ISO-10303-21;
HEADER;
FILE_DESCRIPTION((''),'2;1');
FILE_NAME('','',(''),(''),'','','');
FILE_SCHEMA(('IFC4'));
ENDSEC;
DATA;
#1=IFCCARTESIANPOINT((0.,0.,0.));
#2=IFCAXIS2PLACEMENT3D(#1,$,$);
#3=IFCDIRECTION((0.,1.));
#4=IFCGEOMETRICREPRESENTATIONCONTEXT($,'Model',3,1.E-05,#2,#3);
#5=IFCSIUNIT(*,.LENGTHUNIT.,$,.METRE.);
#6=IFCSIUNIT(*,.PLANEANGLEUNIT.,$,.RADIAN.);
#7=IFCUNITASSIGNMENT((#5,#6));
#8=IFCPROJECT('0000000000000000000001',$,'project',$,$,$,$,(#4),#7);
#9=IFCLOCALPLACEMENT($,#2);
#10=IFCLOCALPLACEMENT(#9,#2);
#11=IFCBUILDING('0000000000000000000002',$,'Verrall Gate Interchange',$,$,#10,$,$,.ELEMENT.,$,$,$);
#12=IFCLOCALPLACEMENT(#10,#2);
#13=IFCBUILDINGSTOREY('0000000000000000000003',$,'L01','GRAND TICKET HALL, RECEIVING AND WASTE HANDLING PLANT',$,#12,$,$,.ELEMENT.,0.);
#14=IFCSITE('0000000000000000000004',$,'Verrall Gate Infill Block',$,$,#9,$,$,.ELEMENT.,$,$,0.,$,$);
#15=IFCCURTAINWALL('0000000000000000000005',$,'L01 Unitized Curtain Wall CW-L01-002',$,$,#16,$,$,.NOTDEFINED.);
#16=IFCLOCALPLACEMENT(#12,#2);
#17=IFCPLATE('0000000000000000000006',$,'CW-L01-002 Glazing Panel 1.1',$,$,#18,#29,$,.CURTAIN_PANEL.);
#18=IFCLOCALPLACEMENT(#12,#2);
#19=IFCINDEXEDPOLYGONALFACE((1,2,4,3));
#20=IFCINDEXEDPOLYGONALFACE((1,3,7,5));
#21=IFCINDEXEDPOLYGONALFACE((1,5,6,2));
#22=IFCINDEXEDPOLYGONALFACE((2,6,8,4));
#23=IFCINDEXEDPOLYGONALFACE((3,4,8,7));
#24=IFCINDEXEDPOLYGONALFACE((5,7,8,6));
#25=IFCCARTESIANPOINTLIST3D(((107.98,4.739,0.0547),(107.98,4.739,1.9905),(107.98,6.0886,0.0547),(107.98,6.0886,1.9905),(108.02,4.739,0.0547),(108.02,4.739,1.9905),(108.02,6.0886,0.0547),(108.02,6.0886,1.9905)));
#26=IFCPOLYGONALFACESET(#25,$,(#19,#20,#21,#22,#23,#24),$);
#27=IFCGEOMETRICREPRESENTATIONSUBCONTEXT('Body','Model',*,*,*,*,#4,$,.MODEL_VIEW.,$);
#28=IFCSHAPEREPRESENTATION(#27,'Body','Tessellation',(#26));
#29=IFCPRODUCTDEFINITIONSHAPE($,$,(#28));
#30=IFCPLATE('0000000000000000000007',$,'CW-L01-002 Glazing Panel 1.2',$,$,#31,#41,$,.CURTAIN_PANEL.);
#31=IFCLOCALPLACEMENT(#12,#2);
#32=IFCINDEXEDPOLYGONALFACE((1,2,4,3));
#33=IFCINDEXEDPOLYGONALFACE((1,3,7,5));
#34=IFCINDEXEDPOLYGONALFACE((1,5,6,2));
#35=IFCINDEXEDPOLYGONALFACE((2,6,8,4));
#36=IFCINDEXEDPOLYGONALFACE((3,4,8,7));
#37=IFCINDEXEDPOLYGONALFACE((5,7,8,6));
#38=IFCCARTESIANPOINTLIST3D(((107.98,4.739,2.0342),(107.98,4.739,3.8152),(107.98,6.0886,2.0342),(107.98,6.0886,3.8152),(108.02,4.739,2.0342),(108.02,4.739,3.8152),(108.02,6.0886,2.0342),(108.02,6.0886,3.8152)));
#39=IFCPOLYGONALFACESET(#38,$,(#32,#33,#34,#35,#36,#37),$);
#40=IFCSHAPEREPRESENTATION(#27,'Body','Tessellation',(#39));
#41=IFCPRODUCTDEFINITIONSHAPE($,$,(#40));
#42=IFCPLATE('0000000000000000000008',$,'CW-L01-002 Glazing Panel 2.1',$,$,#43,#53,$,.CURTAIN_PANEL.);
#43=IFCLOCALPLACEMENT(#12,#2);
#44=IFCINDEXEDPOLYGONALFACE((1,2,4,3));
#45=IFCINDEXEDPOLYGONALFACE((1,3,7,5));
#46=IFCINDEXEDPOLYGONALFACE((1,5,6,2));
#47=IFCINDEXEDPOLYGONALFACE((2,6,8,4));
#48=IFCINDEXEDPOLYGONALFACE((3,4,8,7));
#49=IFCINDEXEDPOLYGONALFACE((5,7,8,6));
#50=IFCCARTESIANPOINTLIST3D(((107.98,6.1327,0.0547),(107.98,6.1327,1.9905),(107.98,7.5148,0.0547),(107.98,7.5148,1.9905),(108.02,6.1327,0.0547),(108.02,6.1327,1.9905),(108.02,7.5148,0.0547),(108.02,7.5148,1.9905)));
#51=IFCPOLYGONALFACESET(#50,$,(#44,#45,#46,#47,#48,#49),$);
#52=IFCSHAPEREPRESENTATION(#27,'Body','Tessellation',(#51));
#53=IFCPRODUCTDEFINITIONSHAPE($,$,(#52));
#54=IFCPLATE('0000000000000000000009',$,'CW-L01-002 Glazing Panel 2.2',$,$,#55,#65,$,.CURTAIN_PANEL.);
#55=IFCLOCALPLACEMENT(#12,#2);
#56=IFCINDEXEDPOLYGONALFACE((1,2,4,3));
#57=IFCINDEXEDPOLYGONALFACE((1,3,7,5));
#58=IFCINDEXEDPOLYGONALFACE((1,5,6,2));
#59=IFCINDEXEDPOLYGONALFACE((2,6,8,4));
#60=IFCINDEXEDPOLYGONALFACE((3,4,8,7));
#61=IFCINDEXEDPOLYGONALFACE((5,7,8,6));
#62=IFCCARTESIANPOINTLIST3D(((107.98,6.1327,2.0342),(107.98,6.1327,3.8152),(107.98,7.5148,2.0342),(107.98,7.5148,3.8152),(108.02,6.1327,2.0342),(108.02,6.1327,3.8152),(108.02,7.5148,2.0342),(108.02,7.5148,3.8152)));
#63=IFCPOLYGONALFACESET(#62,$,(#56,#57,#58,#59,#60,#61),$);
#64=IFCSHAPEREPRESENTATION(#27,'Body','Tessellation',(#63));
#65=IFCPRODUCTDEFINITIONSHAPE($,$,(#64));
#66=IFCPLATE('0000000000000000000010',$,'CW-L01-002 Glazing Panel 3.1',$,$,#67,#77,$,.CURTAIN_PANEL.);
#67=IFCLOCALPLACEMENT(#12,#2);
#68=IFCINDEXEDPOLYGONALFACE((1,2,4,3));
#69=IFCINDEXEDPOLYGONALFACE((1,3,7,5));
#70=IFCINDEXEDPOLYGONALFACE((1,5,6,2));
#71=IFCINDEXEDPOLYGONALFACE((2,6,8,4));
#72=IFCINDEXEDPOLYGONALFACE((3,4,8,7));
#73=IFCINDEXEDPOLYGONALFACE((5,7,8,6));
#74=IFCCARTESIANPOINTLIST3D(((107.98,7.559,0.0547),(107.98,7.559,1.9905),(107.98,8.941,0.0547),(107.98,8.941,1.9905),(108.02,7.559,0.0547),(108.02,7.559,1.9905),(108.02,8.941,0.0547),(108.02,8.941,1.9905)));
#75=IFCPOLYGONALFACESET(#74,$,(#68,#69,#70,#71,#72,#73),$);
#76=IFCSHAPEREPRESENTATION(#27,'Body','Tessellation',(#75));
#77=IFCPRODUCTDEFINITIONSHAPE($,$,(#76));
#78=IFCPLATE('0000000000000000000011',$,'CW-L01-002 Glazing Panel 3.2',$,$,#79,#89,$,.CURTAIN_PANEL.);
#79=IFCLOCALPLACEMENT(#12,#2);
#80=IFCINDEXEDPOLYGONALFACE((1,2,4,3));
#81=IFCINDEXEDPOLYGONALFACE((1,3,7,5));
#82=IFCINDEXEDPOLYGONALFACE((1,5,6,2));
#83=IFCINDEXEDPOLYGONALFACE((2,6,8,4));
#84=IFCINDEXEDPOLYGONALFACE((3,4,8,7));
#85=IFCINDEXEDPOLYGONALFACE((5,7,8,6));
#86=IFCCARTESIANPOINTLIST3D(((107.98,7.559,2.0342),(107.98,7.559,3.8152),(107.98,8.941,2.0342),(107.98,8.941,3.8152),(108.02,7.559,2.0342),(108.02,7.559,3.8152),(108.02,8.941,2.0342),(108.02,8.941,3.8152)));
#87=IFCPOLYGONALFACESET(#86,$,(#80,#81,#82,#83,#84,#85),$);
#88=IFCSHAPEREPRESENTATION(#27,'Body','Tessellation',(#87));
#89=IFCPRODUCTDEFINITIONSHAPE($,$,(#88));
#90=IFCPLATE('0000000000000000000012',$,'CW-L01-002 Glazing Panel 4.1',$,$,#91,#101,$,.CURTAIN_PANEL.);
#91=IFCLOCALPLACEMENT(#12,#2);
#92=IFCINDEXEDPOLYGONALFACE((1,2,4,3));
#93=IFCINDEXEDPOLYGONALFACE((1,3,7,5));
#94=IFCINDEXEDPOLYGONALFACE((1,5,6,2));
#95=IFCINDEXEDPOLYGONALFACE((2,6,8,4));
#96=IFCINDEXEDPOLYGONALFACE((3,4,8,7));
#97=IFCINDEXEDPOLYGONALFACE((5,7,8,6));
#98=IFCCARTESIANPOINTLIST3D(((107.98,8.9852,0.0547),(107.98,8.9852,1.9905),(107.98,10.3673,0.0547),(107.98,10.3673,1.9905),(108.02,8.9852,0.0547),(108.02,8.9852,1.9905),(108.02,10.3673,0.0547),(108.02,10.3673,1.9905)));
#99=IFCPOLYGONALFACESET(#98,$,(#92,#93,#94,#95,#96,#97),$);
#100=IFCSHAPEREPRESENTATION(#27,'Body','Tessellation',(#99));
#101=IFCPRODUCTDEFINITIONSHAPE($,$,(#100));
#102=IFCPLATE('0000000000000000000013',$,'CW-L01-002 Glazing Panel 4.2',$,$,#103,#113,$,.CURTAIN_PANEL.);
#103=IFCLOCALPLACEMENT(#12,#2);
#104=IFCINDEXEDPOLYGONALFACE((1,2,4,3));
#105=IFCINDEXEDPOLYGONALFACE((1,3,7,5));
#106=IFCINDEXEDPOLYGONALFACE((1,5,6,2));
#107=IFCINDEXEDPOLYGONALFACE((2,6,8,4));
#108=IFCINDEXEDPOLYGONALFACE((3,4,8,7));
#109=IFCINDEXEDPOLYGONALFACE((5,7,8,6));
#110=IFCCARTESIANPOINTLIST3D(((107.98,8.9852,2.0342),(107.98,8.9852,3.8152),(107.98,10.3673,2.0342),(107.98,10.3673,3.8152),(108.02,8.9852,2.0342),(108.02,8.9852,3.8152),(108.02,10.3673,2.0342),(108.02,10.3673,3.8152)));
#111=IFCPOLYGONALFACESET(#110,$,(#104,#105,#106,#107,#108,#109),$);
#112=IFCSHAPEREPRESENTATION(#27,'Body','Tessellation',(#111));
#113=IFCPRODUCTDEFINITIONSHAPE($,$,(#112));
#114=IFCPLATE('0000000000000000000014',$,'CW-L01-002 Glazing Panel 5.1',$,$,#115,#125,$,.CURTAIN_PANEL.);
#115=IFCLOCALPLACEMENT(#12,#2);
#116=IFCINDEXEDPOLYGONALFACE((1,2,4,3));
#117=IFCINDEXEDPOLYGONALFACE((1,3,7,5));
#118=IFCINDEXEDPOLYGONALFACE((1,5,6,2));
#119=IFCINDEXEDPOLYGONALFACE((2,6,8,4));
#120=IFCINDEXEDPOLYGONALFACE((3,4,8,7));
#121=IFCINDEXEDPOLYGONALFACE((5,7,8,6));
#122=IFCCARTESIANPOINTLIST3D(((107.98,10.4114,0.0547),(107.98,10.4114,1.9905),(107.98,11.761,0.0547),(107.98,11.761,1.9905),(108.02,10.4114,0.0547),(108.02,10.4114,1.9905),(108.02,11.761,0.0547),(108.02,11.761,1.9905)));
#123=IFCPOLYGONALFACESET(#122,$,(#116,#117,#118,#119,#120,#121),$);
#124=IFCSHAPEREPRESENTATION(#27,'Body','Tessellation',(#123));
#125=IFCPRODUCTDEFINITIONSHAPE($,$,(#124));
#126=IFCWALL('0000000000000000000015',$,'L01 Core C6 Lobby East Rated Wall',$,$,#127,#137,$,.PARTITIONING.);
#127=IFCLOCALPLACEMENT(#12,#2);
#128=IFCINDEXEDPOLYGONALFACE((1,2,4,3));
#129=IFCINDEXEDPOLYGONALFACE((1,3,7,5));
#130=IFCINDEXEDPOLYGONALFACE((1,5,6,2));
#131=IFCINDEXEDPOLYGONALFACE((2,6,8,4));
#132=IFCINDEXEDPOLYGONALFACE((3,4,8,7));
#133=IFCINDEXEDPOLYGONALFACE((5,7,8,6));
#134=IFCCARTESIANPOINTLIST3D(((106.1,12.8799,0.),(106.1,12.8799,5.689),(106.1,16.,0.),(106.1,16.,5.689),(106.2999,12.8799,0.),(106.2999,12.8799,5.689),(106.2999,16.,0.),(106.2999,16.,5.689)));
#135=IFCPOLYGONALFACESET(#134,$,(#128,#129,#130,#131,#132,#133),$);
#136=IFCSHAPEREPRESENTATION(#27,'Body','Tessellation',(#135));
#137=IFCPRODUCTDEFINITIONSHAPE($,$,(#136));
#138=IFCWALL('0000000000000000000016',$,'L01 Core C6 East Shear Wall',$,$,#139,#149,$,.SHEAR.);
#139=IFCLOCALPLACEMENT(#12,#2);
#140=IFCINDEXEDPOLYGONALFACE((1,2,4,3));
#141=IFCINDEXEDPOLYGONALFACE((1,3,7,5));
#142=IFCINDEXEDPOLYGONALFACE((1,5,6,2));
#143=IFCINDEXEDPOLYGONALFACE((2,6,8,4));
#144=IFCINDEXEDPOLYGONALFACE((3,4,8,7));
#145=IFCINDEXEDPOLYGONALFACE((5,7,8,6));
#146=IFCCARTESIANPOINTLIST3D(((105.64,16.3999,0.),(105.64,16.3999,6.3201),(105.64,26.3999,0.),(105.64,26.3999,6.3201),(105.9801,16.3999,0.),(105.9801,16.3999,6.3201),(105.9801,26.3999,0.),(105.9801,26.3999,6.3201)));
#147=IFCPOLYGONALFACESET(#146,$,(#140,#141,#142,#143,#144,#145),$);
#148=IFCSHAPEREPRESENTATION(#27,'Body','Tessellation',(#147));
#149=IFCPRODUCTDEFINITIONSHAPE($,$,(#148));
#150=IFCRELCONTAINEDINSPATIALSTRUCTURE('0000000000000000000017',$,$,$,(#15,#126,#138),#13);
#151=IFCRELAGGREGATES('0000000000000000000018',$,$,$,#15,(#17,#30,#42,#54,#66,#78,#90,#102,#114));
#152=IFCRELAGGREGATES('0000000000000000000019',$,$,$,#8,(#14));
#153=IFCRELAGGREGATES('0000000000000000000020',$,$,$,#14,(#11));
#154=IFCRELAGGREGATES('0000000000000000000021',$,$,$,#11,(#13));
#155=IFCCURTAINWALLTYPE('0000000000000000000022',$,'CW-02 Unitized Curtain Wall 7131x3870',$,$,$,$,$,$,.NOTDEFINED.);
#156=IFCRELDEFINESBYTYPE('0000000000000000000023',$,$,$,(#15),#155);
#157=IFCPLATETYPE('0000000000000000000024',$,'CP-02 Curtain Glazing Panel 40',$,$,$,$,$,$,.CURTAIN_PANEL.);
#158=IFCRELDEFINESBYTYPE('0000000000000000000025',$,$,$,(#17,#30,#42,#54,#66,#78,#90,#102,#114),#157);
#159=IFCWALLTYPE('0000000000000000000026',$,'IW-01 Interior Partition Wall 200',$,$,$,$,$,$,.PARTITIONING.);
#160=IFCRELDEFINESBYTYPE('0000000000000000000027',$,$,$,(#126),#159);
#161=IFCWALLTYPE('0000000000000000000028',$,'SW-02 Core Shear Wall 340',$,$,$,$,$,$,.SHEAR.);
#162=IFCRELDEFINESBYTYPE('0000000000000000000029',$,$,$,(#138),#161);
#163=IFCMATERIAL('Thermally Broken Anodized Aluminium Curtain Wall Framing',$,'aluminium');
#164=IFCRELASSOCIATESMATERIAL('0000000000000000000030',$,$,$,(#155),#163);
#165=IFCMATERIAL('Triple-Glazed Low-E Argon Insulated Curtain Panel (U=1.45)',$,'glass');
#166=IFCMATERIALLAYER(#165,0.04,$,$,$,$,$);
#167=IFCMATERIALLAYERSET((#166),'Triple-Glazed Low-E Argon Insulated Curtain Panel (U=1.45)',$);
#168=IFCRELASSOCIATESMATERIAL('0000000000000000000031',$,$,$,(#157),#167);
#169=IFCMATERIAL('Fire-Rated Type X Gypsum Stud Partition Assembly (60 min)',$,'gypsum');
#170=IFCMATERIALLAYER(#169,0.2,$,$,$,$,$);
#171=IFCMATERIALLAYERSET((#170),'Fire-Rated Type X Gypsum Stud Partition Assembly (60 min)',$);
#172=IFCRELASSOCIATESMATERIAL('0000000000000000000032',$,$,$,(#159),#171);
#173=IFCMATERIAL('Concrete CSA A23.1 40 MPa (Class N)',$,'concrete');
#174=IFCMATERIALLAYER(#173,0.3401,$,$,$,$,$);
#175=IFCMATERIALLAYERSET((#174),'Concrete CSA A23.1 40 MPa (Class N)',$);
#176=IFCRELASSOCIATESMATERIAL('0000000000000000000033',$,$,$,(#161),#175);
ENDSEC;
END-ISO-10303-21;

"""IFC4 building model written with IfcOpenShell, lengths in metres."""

from ifc_helpers import new_model, si_unit, direction, frame, frame_2d, origin, origin_2d, place, context, subcontext, project, spatial, rectangle, extrude, material, layer, layer_set, type_object, element, aggregate, save


model = new_model("IFC4")

# Units and contexts
model_context = context("Model", 3, precision=1e-05, world=origin(), true_north=direction((0.0, 1.0)))
body_context = subcontext(model_context, "Body", "Model", "MODEL_VIEW")
ifc_project = project(units=[si_unit("LENGTHUNIT", "METRE"), si_unit("PLANEANGLEUNIT", "RADIAN")], contexts=[model_context])

# Site, building, storey
site_placement = place(None, origin())
site = spatial("IfcSite", under=ifc_project, at=site_placement, Name="Verrall Gate Infill Block", CompositionType="ELEMENT", RefElevation=0.0)
building_placement = place(site_placement, origin())
building = spatial("IfcBuilding", under=site, at=building_placement, Name="Verrall Gate Interchange", CompositionType="ELEMENT")
storey_placement = place(building_placement, origin())
storey = spatial("IfcBuildingStorey", under=building, at=storey_placement, Name="L01", Description="GRAND TICKET HALL, RECEIVING AND WASTE HANDLING PLANT", CompositionType="ELEMENT", Elevation=0.0)

# Curtain wall
ifc_material_1 = material(Name="Thermally Broken Anodized Aluminium Curtain Wall Framing", Category="aluminium")
curtain_wall_type = type_object("IfcCurtainWallType", Name="CW-02 Unitized Curtain Wall 7131x3870", PredefinedType="NOTDEFINED", material=ifc_material_1)
curtain_wall_placement = place(storey_placement, origin())
curtain_wall = element("IfcCurtainWall", 1, at=curtain_wall_placement, inside=storey, type_object=curtain_wall_type, Name="L01 Unitized Curtain Wall CW-L01-002", PredefinedType="NOTDEFINED")

# Plates
ifc_material_2 = material(Name="Triple-Glazed Low-E Argon Insulated Curtain Panel (U=1.45)", Category="glass")
ifc_layer_1 = layer(ifc_material_2, 0.04)
ifc_layer_set_1 = layer_set([ifc_layer_1], Name="Triple-Glazed Low-E Argon Insulated Curtain Panel (U=1.45)")
plate_type = type_object("IfcPlateType", Name="CP-02 Curtain Glazing Panel 40", PredefinedType="CURTAIN_PANEL", material=ifc_layer_set_1)
plate_1_placement = place(storey_placement, frame((108.0, 5.4138, 0.0547), z_axis=(0.0, 0.0, 1.0), x_axis=(0.0, 1.0, 0.0)))
plate_1 = element("IfcPlate", 2, at=plate_1_placement, type_object=plate_type, Name="CW-L01-002 Glazing Panel 1.1", PredefinedType="CURTAIN_PANEL", context=body_context, shape_type="SweptSolid", body=[
    extrude(rectangle(XDim=1.3496, YDim=0.04, at=origin_2d()), origin(), (0.0, 0.0, 1.0), 1.9358),
])
plate_2_placement = place(storey_placement, frame((108.0, 5.4138, 2.0342), z_axis=(0.0, 0.0, 1.0), x_axis=(0.0, 1.0, 0.0)))
plate_2 = element("IfcPlate", 3, at=plate_2_placement, type_object=plate_type, Name="CW-L01-002 Glazing Panel 1.2", PredefinedType="CURTAIN_PANEL", context=body_context, shape_type="SweptSolid", body=[
    extrude(rectangle(XDim=1.3496, YDim=0.04, at=origin_2d()), origin(), (0.0, 0.0, 1.0), 1.781),
])
plate_3_placement = place(storey_placement, frame((108.0, 6.8237, 0.0547), z_axis=(0.0, 0.0, 1.0), x_axis=(0.0, 1.0, 0.0)))
plate_3 = element("IfcPlate", 4, at=plate_3_placement, type_object=plate_type, Name="CW-L01-002 Glazing Panel 2.1", PredefinedType="CURTAIN_PANEL", context=body_context, shape_type="SweptSolid", body=[
    extrude(rectangle(XDim=1.3821, YDim=0.04, at=origin_2d()), origin(), (0.0, 0.0, 1.0), 1.9358),
])
plate_4_placement = place(storey_placement, frame((108.0, 6.8237, 2.0342), z_axis=(0.0, 0.0, 1.0), x_axis=(0.0, 1.0, 0.0)))
plate_4 = element("IfcPlate", 5, at=plate_4_placement, type_object=plate_type, Name="CW-L01-002 Glazing Panel 2.2", PredefinedType="CURTAIN_PANEL", context=body_context, shape_type="SweptSolid", body=[
    extrude(rectangle(XDim=1.3821, YDim=0.04, at=origin_2d()), origin(), (0.0, 0.0, 1.0), 1.781),
])
plate_5_placement = place(storey_placement, frame((108.0, 8.25, 0.0547), z_axis=(0.0, 0.0, 1.0), x_axis=(0.0, 1.0, 0.0)))
plate_5 = element("IfcPlate", 6, at=plate_5_placement, type_object=plate_type, Name="CW-L01-002 Glazing Panel 3.1", PredefinedType="CURTAIN_PANEL", context=body_context, shape_type="SweptSolid", body=[
    extrude(rectangle(XDim=1.3821, YDim=0.04, at=origin_2d()), origin(), (0.0, 0.0, 1.0), 1.9358),
])
plate_6_placement = place(storey_placement, frame((108.0, 8.25, 2.0342), z_axis=(0.0, 0.0, 1.0), x_axis=(0.0, 1.0, 0.0)))
plate_6 = element("IfcPlate", 7, at=plate_6_placement, type_object=plate_type, Name="CW-L01-002 Glazing Panel 3.2", PredefinedType="CURTAIN_PANEL", context=body_context, shape_type="SweptSolid", body=[
    extrude(rectangle(XDim=1.3821, YDim=0.04, at=origin_2d()), origin(), (0.0, 0.0, 1.0), 1.781),
])
plate_7_placement = place(storey_placement, frame((108.0, 9.6763, 0.0547), z_axis=(0.0, 0.0, 1.0), x_axis=(0.0, 1.0, 0.0)))
plate_7 = element("IfcPlate", 8, at=plate_7_placement, type_object=plate_type, Name="CW-L01-002 Glazing Panel 4.1", PredefinedType="CURTAIN_PANEL", context=body_context, shape_type="SweptSolid", body=[
    extrude(rectangle(XDim=1.3821, YDim=0.04, at=origin_2d()), origin(), (0.0, 0.0, 1.0), 1.9358),
])
plate_8_placement = place(storey_placement, frame((108.0, 9.6763, 2.0342), z_axis=(0.0, 0.0, 1.0), x_axis=(0.0, 1.0, 0.0)))
plate_8 = element("IfcPlate", 9, at=plate_8_placement, type_object=plate_type, Name="CW-L01-002 Glazing Panel 4.2", PredefinedType="CURTAIN_PANEL", context=body_context, shape_type="SweptSolid", body=[
    extrude(rectangle(XDim=1.3821, YDim=0.04, at=origin_2d()), origin(), (0.0, 0.0, 1.0), 1.781),
])
plate_9_placement = place(storey_placement, frame((108.0, 11.0862, 0.0547), z_axis=(0.0, 0.0, 1.0), x_axis=(0.0, 1.0, 0.0)))
plate_9 = element("IfcPlate", 10, at=plate_9_placement, type_object=plate_type, Name="CW-L01-002 Glazing Panel 5.1", PredefinedType="CURTAIN_PANEL", context=body_context, shape_type="SweptSolid", body=[
    extrude(rectangle(XDim=1.3496, YDim=0.04, at=origin_2d()), origin(), (0.0, 0.0, 1.0), 1.9358),
])
aggregate(curtain_wall, [plate_1, plate_2, plate_3, plate_4, plate_5, plate_6, plate_7, plate_8, plate_9])

# Walls
ifc_material_3 = material(Name="Fire-Rated Type X Gypsum Stud Partition Assembly (60 min)", Category="gypsum")
ifc_layer_2 = layer(ifc_material_3, 0.2)
ifc_layer_set_2 = layer_set([ifc_layer_2], Name="Fire-Rated Type X Gypsum Stud Partition Assembly (60 min)")
wall_type_1 = type_object("IfcWallType", Name="IW-01 Interior Partition Wall 200", PredefinedType="PARTITIONING", material=ifc_layer_set_2)
wall_1_placement = place(storey_placement, frame((106.2, 12.8799, 0.0), z_axis=(0.0, 0.0, 1.0), x_axis=(0.0, 1.0, 0.0)))
element("IfcWall", 11, at=wall_1_placement, inside=storey, type_object=wall_type_1, Name="L01 Core C6 Lobby East Rated Wall", PredefinedType="PARTITIONING", context=body_context, shape_type="SweptSolid", body=[
    extrude(rectangle(XDim=3.1201, YDim=0.2, at=frame_2d((1.5601, 0.0))), origin(), (0.0, 0.0, 1.0), 5.689),
])
ifc_material_4 = material(Name="Concrete CSA A23.1 40 MPa (Class N)", Category="concrete")
ifc_layer_3 = layer(ifc_material_4, 0.3401)
ifc_layer_set_3 = layer_set([ifc_layer_3], Name="Concrete CSA A23.1 40 MPa (Class N)")
wall_type_2 = type_object("IfcWallType", Name="SW-02 Core Shear Wall 340", PredefinedType="SHEAR", material=ifc_layer_set_3)
wall_2_placement = place(storey_placement, frame((105.8101, 16.3999, 0.0), z_axis=(0.0, 0.0, 1.0), x_axis=(0.0, 1.0, 0.0)))
element("IfcWall", 12, at=wall_2_placement, inside=storey, type_object=wall_type_2, Name="L01 Core C6 East Shear Wall", PredefinedType="SHEAR", context=body_context, shape_type="SweptSolid", body=[
    extrude(rectangle(XDim=10.0, YDim=0.3401, at=frame_2d((5.0, 0.0))), origin(), (0.0, 0.0, 1.0), 6.3201),
])

save(model, "model.ifc")
